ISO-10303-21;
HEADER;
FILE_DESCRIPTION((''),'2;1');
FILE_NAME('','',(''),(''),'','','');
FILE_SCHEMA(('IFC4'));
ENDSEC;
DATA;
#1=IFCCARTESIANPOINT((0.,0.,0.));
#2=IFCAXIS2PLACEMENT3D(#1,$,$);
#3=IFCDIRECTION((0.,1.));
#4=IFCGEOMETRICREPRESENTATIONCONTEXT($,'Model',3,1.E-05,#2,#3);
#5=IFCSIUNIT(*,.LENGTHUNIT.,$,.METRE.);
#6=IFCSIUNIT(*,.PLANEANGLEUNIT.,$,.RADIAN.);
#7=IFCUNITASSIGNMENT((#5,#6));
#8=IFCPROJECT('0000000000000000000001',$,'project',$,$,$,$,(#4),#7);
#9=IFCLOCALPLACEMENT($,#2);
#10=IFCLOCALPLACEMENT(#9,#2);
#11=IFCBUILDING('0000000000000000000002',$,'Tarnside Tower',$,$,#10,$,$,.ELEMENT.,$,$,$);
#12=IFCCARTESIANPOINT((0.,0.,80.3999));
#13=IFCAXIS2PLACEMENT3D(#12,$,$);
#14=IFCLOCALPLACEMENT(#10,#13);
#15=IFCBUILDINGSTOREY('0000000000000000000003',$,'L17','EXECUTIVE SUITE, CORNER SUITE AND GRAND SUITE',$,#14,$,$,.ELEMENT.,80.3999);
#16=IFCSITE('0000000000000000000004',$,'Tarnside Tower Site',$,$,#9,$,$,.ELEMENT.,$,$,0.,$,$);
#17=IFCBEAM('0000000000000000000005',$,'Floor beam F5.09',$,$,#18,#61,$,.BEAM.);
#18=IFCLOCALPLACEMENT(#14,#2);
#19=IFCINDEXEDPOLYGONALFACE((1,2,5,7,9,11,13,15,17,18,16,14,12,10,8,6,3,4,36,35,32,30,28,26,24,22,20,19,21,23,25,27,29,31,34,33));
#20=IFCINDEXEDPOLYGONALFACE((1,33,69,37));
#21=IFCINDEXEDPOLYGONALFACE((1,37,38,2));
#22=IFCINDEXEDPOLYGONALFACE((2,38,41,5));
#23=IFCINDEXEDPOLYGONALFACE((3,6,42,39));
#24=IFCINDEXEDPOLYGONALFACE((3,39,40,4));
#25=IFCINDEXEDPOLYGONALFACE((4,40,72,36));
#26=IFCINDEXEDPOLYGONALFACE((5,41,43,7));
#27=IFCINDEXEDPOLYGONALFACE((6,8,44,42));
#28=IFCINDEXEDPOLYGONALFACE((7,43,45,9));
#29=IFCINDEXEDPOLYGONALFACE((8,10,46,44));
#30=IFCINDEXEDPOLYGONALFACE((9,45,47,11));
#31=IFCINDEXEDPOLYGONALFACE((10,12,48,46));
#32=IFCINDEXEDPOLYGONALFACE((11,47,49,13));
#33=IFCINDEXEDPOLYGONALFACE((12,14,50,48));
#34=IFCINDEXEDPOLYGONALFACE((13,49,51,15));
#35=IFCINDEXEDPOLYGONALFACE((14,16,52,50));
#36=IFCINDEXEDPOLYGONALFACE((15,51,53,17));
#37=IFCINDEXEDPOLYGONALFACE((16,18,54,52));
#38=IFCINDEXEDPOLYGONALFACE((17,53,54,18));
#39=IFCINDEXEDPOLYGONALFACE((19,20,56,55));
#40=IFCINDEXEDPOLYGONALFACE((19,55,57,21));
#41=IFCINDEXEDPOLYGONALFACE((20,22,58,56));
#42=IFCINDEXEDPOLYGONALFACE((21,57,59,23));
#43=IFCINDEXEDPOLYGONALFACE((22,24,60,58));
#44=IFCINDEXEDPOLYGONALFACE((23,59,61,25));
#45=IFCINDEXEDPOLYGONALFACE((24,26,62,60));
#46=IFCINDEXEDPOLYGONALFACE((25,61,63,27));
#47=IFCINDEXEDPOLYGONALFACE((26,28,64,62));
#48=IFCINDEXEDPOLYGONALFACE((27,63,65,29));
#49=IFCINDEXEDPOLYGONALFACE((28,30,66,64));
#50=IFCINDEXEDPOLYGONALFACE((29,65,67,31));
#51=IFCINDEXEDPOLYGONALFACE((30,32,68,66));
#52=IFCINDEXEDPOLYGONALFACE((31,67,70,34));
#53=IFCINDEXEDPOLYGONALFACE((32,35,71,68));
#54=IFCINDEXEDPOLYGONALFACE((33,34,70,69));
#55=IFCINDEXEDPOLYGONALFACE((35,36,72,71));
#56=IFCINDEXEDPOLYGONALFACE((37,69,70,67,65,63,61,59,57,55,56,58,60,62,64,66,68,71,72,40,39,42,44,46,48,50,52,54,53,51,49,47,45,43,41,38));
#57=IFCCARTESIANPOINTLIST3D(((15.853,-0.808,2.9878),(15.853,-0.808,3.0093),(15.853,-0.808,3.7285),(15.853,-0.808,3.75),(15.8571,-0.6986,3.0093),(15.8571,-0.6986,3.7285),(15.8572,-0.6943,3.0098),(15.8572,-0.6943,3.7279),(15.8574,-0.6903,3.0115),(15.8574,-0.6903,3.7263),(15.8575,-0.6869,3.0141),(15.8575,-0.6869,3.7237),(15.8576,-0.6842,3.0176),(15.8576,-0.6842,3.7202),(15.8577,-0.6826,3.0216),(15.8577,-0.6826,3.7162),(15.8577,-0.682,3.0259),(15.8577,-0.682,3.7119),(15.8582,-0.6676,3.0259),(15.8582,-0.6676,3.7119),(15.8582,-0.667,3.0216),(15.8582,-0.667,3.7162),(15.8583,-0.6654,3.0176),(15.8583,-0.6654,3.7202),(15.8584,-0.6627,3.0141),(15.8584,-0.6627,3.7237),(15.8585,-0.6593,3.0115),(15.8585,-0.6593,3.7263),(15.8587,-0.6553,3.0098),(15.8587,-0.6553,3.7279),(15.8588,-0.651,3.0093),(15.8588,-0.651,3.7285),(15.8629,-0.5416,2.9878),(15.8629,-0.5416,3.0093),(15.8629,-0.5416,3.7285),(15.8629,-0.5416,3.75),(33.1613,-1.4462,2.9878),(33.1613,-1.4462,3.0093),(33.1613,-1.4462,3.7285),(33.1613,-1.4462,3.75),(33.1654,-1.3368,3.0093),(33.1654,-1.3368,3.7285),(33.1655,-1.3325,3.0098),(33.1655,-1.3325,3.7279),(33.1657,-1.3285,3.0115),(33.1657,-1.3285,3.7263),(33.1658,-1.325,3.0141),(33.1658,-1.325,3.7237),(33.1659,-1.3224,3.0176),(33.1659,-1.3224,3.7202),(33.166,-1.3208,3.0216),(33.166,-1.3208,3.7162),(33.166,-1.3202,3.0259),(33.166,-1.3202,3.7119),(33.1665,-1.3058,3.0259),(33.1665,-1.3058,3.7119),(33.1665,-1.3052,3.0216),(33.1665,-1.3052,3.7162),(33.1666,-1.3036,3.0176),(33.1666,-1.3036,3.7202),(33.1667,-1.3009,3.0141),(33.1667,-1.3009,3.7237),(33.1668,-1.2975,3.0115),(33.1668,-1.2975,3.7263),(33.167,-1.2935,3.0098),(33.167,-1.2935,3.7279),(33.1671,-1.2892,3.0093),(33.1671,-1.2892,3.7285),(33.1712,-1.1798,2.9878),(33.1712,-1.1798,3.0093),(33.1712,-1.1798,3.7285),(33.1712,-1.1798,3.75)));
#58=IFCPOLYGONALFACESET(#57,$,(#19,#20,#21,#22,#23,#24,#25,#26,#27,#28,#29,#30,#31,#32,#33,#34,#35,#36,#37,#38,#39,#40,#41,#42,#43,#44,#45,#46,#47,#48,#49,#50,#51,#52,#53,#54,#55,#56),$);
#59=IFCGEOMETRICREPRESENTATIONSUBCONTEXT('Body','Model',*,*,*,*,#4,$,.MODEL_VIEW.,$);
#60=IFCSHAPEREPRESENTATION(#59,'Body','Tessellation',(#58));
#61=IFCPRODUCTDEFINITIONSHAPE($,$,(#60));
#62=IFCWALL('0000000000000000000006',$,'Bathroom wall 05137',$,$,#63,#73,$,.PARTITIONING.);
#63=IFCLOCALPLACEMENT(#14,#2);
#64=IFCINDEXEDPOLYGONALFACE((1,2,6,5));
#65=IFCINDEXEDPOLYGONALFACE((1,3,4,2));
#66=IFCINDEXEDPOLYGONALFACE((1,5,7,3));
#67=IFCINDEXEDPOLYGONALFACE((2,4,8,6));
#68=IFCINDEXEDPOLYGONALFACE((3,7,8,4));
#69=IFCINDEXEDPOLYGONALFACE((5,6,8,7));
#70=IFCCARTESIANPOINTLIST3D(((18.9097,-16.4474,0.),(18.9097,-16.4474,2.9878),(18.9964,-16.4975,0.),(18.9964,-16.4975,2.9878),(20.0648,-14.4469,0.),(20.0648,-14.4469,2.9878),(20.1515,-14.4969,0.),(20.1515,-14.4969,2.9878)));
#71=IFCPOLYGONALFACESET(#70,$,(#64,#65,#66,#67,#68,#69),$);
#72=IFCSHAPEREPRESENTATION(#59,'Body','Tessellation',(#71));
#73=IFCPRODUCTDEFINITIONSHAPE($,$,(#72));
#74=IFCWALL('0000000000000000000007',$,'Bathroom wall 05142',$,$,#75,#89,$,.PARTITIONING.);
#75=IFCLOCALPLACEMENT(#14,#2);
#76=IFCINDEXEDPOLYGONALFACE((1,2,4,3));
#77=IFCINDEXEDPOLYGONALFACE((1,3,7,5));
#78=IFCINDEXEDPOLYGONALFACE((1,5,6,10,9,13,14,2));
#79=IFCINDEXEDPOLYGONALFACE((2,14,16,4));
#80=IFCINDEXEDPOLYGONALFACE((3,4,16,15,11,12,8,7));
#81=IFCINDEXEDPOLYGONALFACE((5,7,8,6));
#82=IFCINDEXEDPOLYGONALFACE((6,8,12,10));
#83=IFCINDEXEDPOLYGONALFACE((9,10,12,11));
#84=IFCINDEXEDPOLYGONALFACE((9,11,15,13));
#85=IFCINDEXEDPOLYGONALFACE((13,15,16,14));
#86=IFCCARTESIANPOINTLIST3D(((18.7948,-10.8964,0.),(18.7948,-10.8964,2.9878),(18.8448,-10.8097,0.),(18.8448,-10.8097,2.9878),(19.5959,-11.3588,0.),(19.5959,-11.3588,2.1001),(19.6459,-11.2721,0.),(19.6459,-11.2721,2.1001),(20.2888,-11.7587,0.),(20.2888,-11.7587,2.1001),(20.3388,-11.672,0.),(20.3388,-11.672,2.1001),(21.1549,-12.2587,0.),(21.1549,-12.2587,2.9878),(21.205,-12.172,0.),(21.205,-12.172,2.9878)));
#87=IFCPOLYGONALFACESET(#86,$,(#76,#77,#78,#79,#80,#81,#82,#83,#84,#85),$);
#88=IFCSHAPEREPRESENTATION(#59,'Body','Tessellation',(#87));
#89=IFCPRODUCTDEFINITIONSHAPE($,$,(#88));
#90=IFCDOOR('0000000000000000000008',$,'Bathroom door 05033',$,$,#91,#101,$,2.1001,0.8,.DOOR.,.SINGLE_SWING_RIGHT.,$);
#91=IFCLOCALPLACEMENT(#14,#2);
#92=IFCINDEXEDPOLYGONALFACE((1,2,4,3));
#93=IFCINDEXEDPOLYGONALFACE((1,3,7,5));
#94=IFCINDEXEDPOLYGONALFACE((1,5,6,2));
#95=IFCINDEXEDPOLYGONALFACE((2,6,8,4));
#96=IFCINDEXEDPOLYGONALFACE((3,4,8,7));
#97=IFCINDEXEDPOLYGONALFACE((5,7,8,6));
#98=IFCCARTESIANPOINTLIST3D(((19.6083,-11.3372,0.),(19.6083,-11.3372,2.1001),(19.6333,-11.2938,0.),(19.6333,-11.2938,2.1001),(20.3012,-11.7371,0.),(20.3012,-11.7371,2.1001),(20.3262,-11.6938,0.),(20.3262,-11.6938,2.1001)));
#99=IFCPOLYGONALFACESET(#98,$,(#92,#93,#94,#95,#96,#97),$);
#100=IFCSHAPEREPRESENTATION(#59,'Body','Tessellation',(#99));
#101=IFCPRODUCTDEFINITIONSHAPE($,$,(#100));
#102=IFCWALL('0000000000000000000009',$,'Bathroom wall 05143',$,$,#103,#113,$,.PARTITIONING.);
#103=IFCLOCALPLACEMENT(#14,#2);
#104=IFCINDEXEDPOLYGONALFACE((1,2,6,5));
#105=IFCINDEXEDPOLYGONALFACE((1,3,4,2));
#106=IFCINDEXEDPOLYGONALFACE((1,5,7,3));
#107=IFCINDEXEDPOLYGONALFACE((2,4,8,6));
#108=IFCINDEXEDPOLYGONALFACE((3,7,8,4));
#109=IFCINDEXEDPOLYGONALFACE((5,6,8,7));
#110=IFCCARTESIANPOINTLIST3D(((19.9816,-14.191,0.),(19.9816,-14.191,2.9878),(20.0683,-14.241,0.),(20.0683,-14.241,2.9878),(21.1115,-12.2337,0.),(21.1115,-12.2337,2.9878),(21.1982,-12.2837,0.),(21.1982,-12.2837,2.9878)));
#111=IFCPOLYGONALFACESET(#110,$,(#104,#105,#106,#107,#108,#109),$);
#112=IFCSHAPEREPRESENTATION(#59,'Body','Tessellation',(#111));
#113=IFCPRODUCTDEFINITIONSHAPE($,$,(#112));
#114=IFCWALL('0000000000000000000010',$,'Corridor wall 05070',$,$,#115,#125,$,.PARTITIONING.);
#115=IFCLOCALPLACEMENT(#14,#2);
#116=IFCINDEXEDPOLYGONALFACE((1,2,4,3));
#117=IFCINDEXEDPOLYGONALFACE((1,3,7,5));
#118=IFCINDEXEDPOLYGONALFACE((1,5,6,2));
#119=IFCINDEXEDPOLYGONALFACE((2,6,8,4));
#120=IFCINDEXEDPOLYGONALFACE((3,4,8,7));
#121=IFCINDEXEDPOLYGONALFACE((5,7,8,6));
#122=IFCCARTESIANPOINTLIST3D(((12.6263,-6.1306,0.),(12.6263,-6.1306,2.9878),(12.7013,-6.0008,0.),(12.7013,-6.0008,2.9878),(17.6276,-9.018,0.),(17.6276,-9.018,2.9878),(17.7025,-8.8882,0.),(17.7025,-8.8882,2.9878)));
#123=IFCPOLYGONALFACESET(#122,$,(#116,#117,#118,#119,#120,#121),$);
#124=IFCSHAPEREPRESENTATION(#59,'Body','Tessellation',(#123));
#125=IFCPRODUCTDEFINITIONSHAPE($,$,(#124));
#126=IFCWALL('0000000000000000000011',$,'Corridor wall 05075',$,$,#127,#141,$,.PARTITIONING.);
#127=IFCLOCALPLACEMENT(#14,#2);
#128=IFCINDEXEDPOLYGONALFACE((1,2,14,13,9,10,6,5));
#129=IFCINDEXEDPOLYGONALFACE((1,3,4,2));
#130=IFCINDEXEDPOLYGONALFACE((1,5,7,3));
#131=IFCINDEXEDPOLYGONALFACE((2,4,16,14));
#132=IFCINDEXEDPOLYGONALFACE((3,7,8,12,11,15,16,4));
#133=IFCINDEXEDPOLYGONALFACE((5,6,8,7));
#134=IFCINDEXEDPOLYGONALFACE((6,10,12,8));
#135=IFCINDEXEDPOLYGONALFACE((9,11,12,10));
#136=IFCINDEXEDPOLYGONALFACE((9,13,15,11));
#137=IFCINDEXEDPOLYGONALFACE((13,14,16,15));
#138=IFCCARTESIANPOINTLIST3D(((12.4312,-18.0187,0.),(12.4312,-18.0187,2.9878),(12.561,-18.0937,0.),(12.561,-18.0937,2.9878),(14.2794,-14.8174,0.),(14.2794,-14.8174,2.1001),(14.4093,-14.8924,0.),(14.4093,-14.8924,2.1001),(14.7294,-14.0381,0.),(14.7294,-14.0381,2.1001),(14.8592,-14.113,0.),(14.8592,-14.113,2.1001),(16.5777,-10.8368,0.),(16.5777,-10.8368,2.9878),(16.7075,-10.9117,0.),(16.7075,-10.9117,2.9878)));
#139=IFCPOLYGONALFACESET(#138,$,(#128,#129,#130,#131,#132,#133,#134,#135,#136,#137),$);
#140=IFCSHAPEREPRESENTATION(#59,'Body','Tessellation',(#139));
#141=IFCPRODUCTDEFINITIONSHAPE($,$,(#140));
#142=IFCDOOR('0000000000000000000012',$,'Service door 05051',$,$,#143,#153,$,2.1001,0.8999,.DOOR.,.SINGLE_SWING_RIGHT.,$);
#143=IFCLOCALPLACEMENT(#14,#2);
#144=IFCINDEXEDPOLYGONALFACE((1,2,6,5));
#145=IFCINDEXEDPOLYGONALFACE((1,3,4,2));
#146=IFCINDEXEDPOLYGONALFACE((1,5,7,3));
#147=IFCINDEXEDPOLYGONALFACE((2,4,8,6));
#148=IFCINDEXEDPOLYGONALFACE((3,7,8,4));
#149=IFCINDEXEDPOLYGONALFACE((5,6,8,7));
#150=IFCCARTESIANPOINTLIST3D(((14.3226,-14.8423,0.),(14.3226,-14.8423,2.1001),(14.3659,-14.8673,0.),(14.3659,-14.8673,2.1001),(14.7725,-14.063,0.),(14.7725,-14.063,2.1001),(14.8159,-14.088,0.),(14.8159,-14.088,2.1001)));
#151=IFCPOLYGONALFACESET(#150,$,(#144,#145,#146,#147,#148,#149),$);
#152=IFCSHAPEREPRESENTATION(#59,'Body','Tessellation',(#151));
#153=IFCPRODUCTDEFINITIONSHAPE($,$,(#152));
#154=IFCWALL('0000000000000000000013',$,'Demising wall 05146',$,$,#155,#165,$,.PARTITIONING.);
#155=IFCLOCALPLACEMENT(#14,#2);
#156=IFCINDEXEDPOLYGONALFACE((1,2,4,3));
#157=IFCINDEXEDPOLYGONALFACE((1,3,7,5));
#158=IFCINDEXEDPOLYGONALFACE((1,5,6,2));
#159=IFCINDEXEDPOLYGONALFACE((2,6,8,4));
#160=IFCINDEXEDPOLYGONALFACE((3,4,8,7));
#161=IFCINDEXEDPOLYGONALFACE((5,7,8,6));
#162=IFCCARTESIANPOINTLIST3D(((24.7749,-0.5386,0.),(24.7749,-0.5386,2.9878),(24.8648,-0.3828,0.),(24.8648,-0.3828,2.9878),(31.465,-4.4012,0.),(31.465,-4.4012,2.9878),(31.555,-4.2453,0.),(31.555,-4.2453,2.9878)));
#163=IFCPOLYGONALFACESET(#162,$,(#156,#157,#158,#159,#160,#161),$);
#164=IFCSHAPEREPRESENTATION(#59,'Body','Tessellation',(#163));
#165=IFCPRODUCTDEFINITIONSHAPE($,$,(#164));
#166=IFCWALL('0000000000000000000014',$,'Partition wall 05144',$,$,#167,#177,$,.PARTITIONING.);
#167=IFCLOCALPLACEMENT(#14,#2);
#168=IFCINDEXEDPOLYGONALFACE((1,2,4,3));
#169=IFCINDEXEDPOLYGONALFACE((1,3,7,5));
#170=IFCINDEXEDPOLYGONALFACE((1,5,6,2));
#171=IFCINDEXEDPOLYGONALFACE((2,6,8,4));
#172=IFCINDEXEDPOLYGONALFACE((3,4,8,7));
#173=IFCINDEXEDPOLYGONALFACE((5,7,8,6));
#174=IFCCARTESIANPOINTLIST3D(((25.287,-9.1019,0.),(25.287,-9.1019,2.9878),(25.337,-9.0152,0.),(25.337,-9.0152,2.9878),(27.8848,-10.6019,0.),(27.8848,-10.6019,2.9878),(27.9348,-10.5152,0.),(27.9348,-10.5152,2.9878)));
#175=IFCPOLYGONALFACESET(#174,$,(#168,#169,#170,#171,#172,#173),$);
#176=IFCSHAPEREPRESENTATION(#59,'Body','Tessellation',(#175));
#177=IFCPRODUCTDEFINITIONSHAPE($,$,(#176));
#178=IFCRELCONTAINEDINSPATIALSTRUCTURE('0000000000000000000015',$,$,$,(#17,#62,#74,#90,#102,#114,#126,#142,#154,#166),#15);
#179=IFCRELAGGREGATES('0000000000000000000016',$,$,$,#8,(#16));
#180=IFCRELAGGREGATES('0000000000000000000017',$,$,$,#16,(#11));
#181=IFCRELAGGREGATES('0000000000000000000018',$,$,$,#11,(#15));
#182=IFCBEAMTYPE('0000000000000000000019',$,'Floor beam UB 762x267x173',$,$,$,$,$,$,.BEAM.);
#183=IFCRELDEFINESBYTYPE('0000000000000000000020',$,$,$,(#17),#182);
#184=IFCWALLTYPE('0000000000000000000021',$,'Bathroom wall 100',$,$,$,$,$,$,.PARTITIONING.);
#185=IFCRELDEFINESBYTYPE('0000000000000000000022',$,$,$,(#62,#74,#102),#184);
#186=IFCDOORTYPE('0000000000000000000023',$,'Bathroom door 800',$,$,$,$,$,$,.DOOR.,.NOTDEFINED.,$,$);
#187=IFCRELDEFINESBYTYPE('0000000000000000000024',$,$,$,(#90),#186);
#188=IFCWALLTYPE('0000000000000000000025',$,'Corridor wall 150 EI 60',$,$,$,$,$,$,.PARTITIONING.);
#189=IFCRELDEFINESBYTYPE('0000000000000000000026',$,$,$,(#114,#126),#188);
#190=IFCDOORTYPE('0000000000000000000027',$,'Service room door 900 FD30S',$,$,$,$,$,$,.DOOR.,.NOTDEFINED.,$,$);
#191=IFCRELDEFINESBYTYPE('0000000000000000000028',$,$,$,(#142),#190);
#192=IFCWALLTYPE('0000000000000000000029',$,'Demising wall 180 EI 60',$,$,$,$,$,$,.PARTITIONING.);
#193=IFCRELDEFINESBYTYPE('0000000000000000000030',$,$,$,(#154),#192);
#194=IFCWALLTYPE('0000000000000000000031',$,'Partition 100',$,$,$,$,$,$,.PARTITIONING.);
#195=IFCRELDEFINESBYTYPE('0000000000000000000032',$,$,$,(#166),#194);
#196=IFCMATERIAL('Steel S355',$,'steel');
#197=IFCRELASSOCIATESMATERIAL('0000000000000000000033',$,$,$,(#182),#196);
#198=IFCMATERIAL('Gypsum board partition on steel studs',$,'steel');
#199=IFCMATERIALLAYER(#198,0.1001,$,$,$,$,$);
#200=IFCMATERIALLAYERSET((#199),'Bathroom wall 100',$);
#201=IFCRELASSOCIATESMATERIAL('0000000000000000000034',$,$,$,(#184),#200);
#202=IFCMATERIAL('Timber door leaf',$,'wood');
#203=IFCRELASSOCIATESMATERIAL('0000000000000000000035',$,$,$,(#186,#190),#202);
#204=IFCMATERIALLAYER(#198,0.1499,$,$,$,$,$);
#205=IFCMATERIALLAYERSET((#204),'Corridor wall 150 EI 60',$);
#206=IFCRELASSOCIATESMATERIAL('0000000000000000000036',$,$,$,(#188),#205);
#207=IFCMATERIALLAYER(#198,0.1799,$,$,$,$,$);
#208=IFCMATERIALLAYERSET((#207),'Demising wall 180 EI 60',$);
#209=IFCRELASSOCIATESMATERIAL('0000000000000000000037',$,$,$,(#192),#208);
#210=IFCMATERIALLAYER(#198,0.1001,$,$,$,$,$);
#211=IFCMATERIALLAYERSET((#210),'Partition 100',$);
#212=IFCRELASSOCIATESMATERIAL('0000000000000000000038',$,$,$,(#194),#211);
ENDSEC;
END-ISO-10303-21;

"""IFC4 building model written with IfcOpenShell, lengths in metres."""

from ifc_helpers import new_model, si_unit, direction, frame, frame_2d, origin, origin_2d, place, context, subcontext, project, spatial, rectangle, i_section, extrude, material, layer, layer_set, material_profile, profile_set, type_object, element, fill, save


model = new_model("IFC4")

# Units and contexts
model_context = context("Model", 3, precision=1e-05, world=origin(), true_north=direction((0.0, 1.0)))
body_context = subcontext(model_context, "Body", "Model", "MODEL_VIEW")
ifc_project = project(units=[si_unit("LENGTHUNIT", "METRE"), si_unit("PLANEANGLEUNIT", "RADIAN")], contexts=[model_context])

# Site, building, storey
site_placement = place(None, origin())
site = spatial("IfcSite", under=ifc_project, at=site_placement, Name="Tarnside Tower Site", CompositionType="ELEMENT", RefElevation=0.0)
building_placement = place(site_placement, origin())
building = spatial("IfcBuilding", under=site, at=building_placement, Name="Tarnside Tower", CompositionType="ELEMENT")
storey_placement = place(building_placement, frame((0.0, 0.0, 80.3999)))
storey = spatial("IfcBuildingStorey", under=building, at=storey_placement, Name="L17", Description="EXECUTIVE SUITE, CORNER SUITE AND GRAND SUITE", CompositionType="ELEMENT", Elevation=80.3999)

# Beam
ifc_material_1 = material(Name="Steel S355", Category="steel")
ifc_material_profile_1 = material_profile(ifc_material_1, i_section(OverallWidth=0.2666, OverallDepth=0.7622, WebThickness=0.0144, FlangeThickness=0.0215, FilletRadius=0.0166, at=origin_2d()), Name="UB 762x267x173")
ifc_profile_set_1 = profile_set([ifc_material_profile_1], Name="Steel S355")
beam_type_1 = type_object("IfcBeamType", Name="Floor beam UB 762x267x173", PredefinedType="BEAM", material=ifc_profile_set_1)
beam_1_placement = place(storey_placement, frame((33.1663, -1.313, 3.3689), z_axis=(-0.999321, 0.036846, 0.0), x_axis=(-0.036846, -0.999321, 0.0)))
element("IfcBeam", 1, at=beam_1_placement, inside=storey, type_object=beam_type_1, Name="Floor beam F5.09", PredefinedType="BEAM", context=body_context, shape_type="SweptSolid", body=[
    extrude(i_section(OverallWidth=0.2666, OverallDepth=0.7622, WebThickness=0.0144, FlangeThickness=0.0215, FilletRadius=0.0166, at=origin_2d()), origin(), (0.0, 0.0, 1.0), 17.3201),
])

# Wall
ifc_material_2 = material(Name="Gypsum board partition on steel studs", Category="steel")
ifc_layer_1 = layer(ifc_material_2, 0.1001)
ifc_layer_set_1 = layer_set([ifc_layer_1], Name="Bathroom wall 100")
wall_type_1 = type_object("IfcWallType", Name="Bathroom wall 100", PredefinedType="PARTITIONING", material=ifc_layer_set_1)
wall_1_placement = place(storey_placement, frame((20.1082, -14.4719, 0.0), z_axis=(0.0, 0.0, 1.0), x_axis=(-0.500015, -0.866017, 0.0)))
element("IfcWall", 2, at=wall_1_placement, inside=storey, type_object=wall_type_1, Name="Bathroom wall 05137", PredefinedType="PARTITIONING", context=body_context, shape_type="SweptSolid", body=[
    extrude(rectangle(XDim=2.3101, YDim=0.1001, at=frame_2d((1.155, 0.0))), origin(), (0.0, 0.0, 1.0), 2.9878),
])

# Wall, opening, door
wall_2_placement = place(storey_placement, frame((18.8198, -10.853, 0.0), z_axis=(0.0, 0.0, 1.0), x_axis=(0.866074, -0.499916, 0.0)))
wall_2 = element("IfcWall", 3, at=wall_2_placement, inside=storey, type_object=wall_type_1, Name="Bathroom wall 05142", PredefinedType="PARTITIONING", context=body_context, shape_type="SweptSolid", body=[
    extrude(rectangle(XDim=2.7251, YDim=0.1001, at=frame_2d((1.3625, 0.0))), origin(), (0.0, 0.0, 1.0), 2.9878),
])
opening_1_placement = place(wall_2_placement, frame((0.925, 0.0, 0.0)))
opening_1 = element("IfcOpeningElement", 4, at=opening_1_placement, cuts=wall_2, PredefinedType="OPENING", context=body_context, shape_type="SweptSolid", body=[
    extrude(rectangle(XDim=0.8, YDim=2.1001, at=frame_2d((0.3999, 1.05))), frame((0.0, 0.0601, 0.0), z_axis=(0.0, -1.0, 0.0), x_axis=(1.0, 0.0, 0.0)), (0.0, 0.0, 1.0), 0.1201),
])
ifc_material_3 = material(Name="Timber door leaf", Category="wood")
door_type_1 = type_object("IfcDoorType", Name="Bathroom door 800", OperationType="NOTDEFINED", PredefinedType="DOOR", material=ifc_material_3)
door_1_placement = place(opening_1_placement, origin())
door_1 = element("IfcDoor", 5, at=door_1_placement, inside=storey, type_object=door_type_1, Name="Bathroom door 05033", OperationType="SINGLE_SWING_RIGHT", OverallHeight=2.1001, OverallWidth=0.8, PredefinedType="DOOR", context=body_context, shape_type="SweptSolid", body=[
    extrude(rectangle(XDim=0.8, YDim=2.1001, at=frame_2d((0.3999, 1.05))), frame((0.0, 0.0249, 0.0), z_axis=(0.0, -1.0, 0.0), x_axis=(1.0, 0.0, 0.0)), (0.0, 0.0, 1.0), 0.05),
])
fill(opening_1, door_1)

# Walls
wall_3_placement = place(storey_placement, frame((21.1548, -12.2588, 0.0), z_axis=(0.0, 0.0, 1.0), x_axis=(-0.49995, -0.866054, 0.0)))
element("IfcWall", 6, at=wall_3_placement, inside=storey, type_object=wall_type_1, Name="Bathroom wall 05143", PredefinedType="PARTITIONING", context=body_context, shape_type="SweptSolid", body=[
    extrude(rectangle(XDim=2.26, YDim=0.1001, at=frame_2d((1.1299, 0.0))), origin(), (0.0, 0.0, 1.0), 2.9878),
])
ifc_layer_2 = layer(ifc_material_2, 0.1499)
ifc_layer_set_2 = layer_set([ifc_layer_2], Name="Corridor wall 150 EI 60")
wall_type_2 = type_object("IfcWallType", Name="Corridor wall 150 EI 60", PredefinedType="PARTITIONING", material=ifc_layer_set_2)
wall_4_placement = place(storey_placement, frame((17.665, -8.9531, 0.0), z_axis=(0.0, 0.0, 1.0), x_axis=(-0.866026, 0.499999, 0.0)))
element("IfcWall", 7, at=wall_4_placement, inside=storey, type_object=wall_type_2, Name="Corridor wall 05070", PredefinedType="PARTITIONING", context=body_context, shape_type="SweptSolid", body=[
    extrude(rectangle(XDim=5.7749, YDim=0.1499, at=frame_2d((2.8875, 0.0))), origin(), (0.0, 0.0, 1.0), 2.9878),
])

# Wall, opening, door
wall_5_placement = place(storey_placement, frame((16.6426, -10.8743, 0.0), z_axis=(0.0, 0.0, 1.0), x_axis=(-0.500002, -0.866024, 0.0)))
wall_5 = element("IfcWall", 8, at=wall_5_placement, inside=storey, type_object=wall_type_2, Name="Corridor wall 05075", PredefinedType="PARTITIONING", context=body_context, shape_type="SweptSolid", body=[
    extrude(rectangle(XDim=8.293, YDim=0.1499, at=frame_2d((4.1465, 0.0))), origin(), (0.0, 0.0, 1.0), 2.9878),
])
opening_2_placement = place(wall_5_placement, frame((3.6965, 0.0, 0.0)))
opening_2 = element("IfcOpeningElement", 9, at=opening_2_placement, cuts=wall_5, PredefinedType="OPENING", context=body_context, shape_type="SweptSolid", body=[
    extrude(rectangle(XDim=0.8999, YDim=2.1001, at=frame_2d((0.45, 1.05))), frame((0.0, 0.085, 0.0), z_axis=(0.0, -1.0, 0.0), x_axis=(1.0, 0.0, 0.0)), (0.0, 0.0, 1.0), 0.1699),
])
door_type_2 = type_object("IfcDoorType", Name="Service room door 900 FD30S", OperationType="NOTDEFINED", PredefinedType="DOOR", material=ifc_material_3)
door_2_placement = place(opening_2_placement, origin())
door_2 = element("IfcDoor", 10, at=door_2_placement, inside=storey, type_object=door_type_2, Name="Service door 05051", OperationType="SINGLE_SWING_RIGHT", OverallHeight=2.1001, OverallWidth=0.8999, PredefinedType="DOOR", context=body_context, shape_type="SweptSolid", body=[
    extrude(rectangle(XDim=0.8999, YDim=2.1001, at=frame_2d((0.45, 1.05))), frame((0.0, 0.0249, 0.0), z_axis=(0.0, -1.0, 0.0), x_axis=(1.0, 0.0, 0.0)), (0.0, 0.0, 1.0), 0.05),
])
fill(opening_2, door_2)

# Walls
ifc_layer_3 = layer(ifc_material_2, 0.1799)
ifc_layer_set_3 = layer_set([ifc_layer_3], Name="Demising wall 180 EI 60")
wall_type_3 = type_object("IfcWallType", Name="Demising wall 180 EI 60", PredefinedType="PARTITIONING", material=ifc_layer_set_3)
wall_6_placement = place(storey_placement, frame((31.51, -4.3232, 0.0), z_axis=(0.0, 0.0, 1.0), x_axis=(-0.866027, 0.499997, 0.0)))
element("IfcWall", 11, at=wall_6_placement, inside=storey, type_object=wall_type_3, Name="Demising wall 05146", PredefinedType="PARTITIONING", context=body_context, shape_type="SweptSolid", body=[
    extrude(rectangle(XDim=7.7251, YDim=0.1799, at=frame_2d((3.8625, 0.0))), origin(), (0.0, 0.0, 1.0), 2.9878),
])
ifc_layer_4 = layer(ifc_material_2, 0.1001)
ifc_layer_set_4 = layer_set([ifc_layer_4], Name="Partition 100")
wall_type_4 = type_object("IfcWallType", Name="Partition 100", PredefinedType="PARTITIONING", material=ifc_layer_set_4)
wall_7_placement = place(storey_placement, frame((27.9099, -10.5586, 0.0), z_axis=(0.0, 0.0, 1.0), x_axis=(-0.866011, 0.500025, 0.0)))
element("IfcWall", 12, at=wall_7_placement, inside=storey, type_object=wall_type_4, Name="Partition wall 05144", PredefinedType="PARTITIONING", context=body_context, shape_type="SweptSolid", body=[
    extrude(rectangle(XDim=2.9998, YDim=0.1001, at=frame_2d((1.5, 0.0))), origin(), (0.0, 0.0, 1.0), 2.9878),
])

save(model, "model.ifc")
